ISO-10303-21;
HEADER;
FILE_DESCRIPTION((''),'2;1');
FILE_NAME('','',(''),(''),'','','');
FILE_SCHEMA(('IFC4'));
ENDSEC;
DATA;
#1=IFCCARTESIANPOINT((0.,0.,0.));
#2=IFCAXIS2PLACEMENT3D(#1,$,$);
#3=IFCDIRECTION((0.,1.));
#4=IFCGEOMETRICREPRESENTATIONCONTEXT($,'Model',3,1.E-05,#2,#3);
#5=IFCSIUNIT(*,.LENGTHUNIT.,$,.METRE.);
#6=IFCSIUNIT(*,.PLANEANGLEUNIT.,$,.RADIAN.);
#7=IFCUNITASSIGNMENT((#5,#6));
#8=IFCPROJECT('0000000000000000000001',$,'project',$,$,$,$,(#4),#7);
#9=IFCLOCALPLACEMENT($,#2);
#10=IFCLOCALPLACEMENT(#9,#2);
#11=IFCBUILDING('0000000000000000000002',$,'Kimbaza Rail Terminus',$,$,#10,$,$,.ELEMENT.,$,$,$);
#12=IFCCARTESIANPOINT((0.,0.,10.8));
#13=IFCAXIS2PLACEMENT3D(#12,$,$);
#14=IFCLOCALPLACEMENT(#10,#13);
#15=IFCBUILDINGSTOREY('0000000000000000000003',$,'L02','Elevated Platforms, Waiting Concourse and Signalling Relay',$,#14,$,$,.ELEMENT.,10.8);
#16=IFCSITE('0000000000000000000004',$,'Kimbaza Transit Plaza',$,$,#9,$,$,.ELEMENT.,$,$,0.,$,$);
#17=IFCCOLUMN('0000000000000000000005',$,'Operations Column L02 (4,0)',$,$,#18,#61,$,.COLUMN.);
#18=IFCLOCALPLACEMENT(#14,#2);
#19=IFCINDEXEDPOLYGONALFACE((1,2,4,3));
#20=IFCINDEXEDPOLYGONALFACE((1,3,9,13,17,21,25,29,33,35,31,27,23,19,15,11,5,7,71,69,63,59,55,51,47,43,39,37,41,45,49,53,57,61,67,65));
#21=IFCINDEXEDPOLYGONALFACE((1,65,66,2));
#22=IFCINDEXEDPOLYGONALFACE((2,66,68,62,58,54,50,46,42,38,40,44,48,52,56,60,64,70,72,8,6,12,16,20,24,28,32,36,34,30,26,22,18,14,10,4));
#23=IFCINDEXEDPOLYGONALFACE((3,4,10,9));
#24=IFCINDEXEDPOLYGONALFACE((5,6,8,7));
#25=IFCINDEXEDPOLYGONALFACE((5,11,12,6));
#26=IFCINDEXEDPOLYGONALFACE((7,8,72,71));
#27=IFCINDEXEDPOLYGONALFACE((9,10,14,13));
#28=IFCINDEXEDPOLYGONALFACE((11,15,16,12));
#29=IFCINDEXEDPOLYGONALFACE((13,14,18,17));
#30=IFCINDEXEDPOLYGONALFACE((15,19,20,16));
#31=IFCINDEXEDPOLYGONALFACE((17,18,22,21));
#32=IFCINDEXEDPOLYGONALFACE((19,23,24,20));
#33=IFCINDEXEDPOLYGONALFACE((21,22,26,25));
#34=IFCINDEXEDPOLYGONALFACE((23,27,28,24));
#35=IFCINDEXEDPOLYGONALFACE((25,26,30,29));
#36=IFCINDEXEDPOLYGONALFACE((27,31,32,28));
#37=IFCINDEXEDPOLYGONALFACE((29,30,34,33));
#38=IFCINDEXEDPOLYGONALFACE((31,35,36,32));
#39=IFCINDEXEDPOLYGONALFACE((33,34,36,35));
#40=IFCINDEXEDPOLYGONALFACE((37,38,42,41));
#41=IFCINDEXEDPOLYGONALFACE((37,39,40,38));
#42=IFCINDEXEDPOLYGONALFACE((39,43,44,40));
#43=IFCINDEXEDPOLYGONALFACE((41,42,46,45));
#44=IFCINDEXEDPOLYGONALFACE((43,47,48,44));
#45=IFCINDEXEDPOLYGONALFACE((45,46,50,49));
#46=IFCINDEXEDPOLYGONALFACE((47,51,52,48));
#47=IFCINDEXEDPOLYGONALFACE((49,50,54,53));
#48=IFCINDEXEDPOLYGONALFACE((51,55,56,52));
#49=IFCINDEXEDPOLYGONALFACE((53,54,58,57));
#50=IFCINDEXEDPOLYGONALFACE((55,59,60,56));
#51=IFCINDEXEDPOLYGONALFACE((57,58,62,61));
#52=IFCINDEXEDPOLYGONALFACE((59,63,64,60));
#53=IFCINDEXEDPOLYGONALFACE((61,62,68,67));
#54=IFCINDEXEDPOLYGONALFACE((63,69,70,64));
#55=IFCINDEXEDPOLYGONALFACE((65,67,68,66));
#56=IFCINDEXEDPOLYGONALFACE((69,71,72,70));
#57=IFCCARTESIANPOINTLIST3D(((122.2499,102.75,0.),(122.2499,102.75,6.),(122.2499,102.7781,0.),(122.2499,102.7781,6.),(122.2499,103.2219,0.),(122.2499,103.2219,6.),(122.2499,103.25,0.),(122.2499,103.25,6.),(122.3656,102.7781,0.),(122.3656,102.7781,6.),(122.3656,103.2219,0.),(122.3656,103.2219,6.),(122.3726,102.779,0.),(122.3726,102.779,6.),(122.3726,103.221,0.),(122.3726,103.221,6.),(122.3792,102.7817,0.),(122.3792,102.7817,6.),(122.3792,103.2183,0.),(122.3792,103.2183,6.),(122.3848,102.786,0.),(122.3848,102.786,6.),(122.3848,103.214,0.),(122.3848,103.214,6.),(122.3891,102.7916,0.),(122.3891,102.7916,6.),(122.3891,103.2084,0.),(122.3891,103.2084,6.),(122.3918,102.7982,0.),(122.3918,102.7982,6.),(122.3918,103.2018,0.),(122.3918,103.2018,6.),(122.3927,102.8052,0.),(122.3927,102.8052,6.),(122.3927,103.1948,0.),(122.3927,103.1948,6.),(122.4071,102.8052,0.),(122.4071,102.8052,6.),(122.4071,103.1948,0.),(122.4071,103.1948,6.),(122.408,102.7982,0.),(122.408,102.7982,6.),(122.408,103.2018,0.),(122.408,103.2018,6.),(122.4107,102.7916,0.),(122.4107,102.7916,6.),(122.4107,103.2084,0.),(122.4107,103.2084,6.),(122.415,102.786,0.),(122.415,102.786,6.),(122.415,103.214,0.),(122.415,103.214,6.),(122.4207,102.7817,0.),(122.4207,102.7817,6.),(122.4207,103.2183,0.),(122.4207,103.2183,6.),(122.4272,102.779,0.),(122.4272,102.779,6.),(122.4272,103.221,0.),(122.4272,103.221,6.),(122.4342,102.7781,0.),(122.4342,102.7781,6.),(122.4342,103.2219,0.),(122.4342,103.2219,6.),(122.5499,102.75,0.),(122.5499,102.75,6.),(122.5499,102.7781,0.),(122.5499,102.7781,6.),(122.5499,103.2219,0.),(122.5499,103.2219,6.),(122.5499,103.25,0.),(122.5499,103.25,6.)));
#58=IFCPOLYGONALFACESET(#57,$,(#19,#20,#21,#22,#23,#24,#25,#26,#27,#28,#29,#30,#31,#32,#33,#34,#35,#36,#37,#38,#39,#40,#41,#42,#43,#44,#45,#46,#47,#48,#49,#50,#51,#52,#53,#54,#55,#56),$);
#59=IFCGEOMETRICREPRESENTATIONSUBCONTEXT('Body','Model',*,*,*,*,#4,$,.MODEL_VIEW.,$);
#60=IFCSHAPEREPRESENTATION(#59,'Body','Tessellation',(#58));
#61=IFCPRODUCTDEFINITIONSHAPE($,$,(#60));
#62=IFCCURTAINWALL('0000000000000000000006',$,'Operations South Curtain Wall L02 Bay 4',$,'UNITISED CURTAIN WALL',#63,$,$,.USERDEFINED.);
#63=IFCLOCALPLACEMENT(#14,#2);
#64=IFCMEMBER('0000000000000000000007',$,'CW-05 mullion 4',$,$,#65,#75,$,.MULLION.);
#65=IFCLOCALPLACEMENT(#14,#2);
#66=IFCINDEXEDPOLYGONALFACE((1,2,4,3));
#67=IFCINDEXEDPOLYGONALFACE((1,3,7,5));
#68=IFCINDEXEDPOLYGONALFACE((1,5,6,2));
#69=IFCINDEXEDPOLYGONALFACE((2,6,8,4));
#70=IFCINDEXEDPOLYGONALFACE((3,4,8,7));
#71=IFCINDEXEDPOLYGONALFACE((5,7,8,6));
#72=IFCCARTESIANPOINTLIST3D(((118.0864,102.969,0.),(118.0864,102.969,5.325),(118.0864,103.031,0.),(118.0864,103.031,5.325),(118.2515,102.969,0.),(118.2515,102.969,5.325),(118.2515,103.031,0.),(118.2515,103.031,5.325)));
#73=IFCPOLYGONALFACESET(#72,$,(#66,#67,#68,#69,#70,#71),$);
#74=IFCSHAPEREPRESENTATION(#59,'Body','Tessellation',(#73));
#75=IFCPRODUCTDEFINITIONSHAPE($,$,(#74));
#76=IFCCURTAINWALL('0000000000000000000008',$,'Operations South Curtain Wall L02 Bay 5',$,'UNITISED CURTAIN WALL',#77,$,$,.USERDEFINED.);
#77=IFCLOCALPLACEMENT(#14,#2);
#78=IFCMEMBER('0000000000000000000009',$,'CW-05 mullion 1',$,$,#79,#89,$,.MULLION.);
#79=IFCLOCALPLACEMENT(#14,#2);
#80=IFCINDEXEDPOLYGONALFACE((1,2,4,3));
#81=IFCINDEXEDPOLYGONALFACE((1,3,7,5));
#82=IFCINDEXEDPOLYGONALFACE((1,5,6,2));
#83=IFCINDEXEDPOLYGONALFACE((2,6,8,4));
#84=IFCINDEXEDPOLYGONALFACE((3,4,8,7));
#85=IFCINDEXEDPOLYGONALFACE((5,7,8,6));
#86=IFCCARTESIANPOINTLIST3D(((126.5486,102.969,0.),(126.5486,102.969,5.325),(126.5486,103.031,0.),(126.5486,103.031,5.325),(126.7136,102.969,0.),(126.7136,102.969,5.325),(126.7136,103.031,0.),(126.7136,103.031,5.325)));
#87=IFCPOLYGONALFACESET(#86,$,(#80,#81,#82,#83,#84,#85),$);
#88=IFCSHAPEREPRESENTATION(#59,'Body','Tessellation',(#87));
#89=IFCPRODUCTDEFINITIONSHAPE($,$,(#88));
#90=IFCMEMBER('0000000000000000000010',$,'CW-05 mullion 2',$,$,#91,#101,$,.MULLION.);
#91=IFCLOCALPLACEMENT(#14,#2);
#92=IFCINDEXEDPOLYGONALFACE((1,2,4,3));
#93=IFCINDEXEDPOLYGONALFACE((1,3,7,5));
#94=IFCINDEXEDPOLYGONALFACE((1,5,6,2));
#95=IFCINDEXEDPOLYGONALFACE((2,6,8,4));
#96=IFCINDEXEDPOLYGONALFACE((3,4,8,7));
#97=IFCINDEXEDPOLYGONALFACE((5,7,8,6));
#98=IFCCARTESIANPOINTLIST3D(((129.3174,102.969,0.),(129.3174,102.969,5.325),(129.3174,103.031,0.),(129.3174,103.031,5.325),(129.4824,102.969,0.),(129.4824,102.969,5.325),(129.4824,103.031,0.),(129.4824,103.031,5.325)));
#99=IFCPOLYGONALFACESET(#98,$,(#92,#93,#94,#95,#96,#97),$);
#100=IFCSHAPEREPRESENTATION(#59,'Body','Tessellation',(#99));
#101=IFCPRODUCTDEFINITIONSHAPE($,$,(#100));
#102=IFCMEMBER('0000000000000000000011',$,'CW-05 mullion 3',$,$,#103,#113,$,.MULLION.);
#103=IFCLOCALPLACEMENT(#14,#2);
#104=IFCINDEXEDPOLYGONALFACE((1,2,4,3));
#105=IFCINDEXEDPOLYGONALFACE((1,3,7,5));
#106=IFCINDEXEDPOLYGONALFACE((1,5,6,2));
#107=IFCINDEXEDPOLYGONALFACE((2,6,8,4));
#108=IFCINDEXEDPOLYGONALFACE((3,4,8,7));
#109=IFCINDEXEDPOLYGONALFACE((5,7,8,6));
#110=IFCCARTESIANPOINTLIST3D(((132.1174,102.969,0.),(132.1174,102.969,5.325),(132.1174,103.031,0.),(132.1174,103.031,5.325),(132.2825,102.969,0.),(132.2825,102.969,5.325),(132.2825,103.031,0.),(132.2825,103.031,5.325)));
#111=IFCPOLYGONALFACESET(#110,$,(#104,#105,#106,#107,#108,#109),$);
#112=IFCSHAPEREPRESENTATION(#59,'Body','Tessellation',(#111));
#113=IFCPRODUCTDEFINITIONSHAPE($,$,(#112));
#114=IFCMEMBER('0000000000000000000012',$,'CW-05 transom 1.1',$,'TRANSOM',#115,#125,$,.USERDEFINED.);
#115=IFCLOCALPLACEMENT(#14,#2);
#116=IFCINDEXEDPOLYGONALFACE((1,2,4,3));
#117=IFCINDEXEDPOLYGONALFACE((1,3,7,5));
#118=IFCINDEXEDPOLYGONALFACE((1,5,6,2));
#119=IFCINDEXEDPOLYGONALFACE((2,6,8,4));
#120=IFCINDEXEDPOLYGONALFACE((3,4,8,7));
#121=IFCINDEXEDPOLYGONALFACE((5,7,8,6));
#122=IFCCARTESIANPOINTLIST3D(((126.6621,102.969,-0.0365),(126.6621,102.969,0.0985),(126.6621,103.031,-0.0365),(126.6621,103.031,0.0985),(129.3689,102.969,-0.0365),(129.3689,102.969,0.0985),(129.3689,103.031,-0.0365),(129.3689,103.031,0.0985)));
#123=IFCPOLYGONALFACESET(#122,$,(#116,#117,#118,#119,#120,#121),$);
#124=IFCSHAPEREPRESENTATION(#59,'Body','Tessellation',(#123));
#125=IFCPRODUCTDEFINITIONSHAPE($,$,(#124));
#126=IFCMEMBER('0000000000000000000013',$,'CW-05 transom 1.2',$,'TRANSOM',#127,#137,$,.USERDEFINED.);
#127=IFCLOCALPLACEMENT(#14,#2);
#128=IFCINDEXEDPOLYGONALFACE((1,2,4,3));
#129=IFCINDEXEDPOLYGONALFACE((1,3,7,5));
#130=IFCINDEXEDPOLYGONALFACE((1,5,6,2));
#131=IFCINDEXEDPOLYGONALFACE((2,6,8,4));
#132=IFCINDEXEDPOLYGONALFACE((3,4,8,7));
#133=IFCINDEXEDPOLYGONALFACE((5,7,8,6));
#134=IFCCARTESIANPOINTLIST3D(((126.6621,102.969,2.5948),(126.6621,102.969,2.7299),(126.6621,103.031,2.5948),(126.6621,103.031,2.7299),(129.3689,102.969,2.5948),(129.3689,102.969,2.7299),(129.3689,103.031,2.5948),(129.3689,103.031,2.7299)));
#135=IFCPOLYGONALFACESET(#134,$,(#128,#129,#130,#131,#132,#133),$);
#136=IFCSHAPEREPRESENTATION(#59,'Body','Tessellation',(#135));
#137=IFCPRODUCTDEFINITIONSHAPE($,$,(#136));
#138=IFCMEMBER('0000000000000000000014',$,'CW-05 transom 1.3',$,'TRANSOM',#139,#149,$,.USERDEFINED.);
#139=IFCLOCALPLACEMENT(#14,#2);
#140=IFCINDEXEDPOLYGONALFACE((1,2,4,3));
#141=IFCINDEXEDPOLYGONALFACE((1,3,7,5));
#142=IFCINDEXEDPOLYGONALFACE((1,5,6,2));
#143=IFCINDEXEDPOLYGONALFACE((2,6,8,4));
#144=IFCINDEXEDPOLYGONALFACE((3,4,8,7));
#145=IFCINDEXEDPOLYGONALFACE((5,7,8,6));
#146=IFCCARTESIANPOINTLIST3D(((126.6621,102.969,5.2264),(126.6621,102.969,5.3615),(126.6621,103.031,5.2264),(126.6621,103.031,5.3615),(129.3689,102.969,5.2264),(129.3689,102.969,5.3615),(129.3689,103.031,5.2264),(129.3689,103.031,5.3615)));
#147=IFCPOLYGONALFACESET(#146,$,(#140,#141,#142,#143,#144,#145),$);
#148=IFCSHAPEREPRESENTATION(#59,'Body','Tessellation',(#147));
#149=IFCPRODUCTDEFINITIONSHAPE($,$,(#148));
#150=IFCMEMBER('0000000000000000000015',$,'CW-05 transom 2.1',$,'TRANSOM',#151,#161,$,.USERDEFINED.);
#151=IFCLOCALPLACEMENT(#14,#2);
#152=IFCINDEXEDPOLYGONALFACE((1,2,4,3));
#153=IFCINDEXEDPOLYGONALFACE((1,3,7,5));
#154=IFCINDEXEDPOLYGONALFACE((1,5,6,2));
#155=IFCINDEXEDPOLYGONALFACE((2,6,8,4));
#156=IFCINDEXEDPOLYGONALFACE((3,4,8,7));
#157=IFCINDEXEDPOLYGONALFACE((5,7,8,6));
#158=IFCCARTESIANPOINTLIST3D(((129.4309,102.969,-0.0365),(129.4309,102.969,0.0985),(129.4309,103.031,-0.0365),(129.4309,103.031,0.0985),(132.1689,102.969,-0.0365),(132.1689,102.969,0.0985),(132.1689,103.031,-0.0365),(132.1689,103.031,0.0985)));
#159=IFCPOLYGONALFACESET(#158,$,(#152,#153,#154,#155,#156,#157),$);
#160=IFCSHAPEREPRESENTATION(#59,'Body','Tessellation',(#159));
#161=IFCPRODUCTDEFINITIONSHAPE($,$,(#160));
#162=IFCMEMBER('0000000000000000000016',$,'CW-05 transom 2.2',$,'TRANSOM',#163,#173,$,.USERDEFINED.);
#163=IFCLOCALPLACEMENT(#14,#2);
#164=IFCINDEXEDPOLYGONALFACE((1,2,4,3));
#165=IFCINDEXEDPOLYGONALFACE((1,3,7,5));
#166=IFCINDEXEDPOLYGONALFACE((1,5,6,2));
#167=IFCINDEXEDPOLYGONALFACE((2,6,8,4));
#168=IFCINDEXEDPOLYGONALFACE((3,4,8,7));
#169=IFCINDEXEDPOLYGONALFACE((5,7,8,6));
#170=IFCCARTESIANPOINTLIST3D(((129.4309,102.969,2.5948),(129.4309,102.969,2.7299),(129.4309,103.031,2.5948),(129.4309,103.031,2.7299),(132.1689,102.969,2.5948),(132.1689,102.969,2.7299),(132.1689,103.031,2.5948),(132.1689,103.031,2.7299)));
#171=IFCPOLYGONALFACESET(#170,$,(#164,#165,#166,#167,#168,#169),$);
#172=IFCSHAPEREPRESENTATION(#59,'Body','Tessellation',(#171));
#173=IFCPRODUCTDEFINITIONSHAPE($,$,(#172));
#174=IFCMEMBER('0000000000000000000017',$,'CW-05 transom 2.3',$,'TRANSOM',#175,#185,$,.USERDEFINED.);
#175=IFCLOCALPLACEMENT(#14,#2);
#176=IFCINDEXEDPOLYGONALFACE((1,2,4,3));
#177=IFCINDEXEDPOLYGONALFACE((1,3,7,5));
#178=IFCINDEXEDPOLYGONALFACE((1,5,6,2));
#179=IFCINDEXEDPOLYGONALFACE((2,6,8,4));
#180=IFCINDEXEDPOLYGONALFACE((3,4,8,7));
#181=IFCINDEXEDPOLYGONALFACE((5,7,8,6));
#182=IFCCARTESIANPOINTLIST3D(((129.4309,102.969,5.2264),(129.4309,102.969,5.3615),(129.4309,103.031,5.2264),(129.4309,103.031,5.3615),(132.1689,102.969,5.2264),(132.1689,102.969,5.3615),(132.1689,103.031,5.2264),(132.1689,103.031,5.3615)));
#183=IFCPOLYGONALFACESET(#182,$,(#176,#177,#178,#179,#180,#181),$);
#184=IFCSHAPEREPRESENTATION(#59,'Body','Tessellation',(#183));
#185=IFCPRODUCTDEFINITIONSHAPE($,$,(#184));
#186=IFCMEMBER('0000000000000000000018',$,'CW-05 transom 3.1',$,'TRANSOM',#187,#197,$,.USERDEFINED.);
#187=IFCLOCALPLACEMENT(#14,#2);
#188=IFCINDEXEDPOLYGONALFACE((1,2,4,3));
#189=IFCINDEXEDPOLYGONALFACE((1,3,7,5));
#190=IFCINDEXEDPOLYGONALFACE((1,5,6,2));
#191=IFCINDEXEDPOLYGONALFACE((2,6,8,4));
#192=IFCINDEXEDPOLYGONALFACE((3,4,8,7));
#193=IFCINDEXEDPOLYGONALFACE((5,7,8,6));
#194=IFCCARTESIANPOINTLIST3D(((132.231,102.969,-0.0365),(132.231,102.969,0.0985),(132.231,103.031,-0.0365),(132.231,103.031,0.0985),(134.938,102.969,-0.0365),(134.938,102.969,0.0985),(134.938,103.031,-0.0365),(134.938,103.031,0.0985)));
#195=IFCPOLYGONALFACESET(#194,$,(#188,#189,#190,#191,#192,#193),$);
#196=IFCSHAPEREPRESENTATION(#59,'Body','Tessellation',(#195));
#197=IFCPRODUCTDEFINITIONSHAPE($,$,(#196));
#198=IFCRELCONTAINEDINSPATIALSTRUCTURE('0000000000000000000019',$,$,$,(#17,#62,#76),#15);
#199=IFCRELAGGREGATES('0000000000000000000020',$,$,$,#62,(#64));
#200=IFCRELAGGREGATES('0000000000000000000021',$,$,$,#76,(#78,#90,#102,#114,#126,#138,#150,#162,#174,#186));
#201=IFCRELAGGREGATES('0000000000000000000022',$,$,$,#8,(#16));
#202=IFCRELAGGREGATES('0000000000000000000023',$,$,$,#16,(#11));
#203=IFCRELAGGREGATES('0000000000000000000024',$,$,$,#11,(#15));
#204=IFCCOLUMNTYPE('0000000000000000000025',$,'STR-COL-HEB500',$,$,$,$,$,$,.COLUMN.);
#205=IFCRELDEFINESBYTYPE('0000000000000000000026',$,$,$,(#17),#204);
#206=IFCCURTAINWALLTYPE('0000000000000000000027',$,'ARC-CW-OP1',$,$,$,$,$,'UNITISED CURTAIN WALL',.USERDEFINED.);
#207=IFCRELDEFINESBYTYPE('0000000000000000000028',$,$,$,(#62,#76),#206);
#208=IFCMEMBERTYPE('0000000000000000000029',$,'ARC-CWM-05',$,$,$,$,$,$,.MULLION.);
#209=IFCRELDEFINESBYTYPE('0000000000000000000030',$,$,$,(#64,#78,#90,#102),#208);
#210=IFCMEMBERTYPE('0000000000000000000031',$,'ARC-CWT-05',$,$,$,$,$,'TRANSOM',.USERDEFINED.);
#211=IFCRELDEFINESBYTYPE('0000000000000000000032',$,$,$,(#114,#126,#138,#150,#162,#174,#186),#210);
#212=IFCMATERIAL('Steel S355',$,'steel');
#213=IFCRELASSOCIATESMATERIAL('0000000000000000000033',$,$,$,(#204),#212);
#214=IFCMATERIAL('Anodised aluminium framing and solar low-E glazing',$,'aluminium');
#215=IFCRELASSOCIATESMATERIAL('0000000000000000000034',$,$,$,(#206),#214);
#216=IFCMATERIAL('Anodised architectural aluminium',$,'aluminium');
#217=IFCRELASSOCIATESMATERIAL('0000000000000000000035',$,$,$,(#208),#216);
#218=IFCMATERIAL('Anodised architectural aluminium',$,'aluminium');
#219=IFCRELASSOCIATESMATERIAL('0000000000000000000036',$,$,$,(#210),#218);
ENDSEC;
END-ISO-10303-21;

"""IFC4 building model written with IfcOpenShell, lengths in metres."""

from ifc_helpers import new_model, si_unit, direction, frame, origin, origin_2d, place, context, subcontext, project, spatial, rectangle, i_section, extrude, material, material_profile, profile_set, type_object, element, aggregate, save


model = new_model("IFC4")

# Units and contexts
model_context = context("Model", 3, precision=1e-05, world=origin(), true_north=direction((0.0, 1.0)))
body_context = subcontext(model_context, "Body", "Model", "MODEL_VIEW")
ifc_project = project(units=[si_unit("LENGTHUNIT", "METRE"), si_unit("PLANEANGLEUNIT", "RADIAN")], contexts=[model_context])

# Site, building, storey
site_placement = place(None, origin())
site = spatial("IfcSite", under=ifc_project, at=site_placement, Name="Kimbaza Transit Plaza", CompositionType="ELEMENT", RefElevation=0.0)
building_placement = place(site_placement, origin())
building = spatial("IfcBuilding", under=site, at=building_placement, Name="Kimbaza Rail Terminus", CompositionType="ELEMENT")
storey_placement = place(building_placement, frame((0.0, 0.0, 10.8)))
storey = spatial("IfcBuildingStorey", under=building, at=storey_placement, Name="L02", Description="Elevated Platforms, Waiting Concourse and Signalling Relay", CompositionType="ELEMENT", Elevation=10.8)

# Column
ifc_material_1 = material(Name="Steel S355", Category="steel")
ifc_material_profile_1 = material_profile(ifc_material_1, i_section(OverallWidth=0.3, OverallDepth=0.5, WebThickness=0.0144, FlangeThickness=0.0281, FilletRadius=0.0271, at=origin_2d()), Name="HEB 500")
ifc_profile_set_1 = profile_set([ifc_material_profile_1], Name="Steel S355")
column_type = type_object("IfcColumnType", Name="STR-COL-HEB500", PredefinedType="COLUMN", material=ifc_profile_set_1)
column_placement = place(storey_placement, frame((122.3999, 103.0, 0.0), z_axis=(0.0, 0.0, 1.0), x_axis=(1.0, 0.0, 0.0)))
element("IfcColumn", 1, at=column_placement, inside=storey, type_object=column_type, Name="Operations Column L02 (4,0)", PredefinedType="COLUMN", context=body_context, shape_type="SweptSolid", body=[
    extrude(i_section(OverallWidth=0.3, OverallDepth=0.5, WebThickness=0.0144, FlangeThickness=0.0281, FilletRadius=0.0271, at=origin_2d()), origin(), (0.0, 0.0, 1.0), 6.0),
])

# Curtain wall, member
ifc_material_2 = material(Name="Anodised aluminium framing and solar low-E glazing", Category="aluminium")
curtain_wall_type = type_object("IfcCurtainWallType", Name="ARC-CW-OP1", ElementType="UNITISED CURTAIN WALL", PredefinedType="USERDEFINED", material=ifc_material_2)
curtain_wall_1_placement = place(storey_placement, origin())
curtain_wall_1 = element("IfcCurtainWall", 2, at=curtain_wall_1_placement, inside=storey, type_object=curtain_wall_type, Name="Operations South Curtain Wall L02 Bay 4", ObjectType="UNITISED CURTAIN WALL", PredefinedType="USERDEFINED")
ifc_material_3 = material(Name="Anodised architectural aluminium", Category="aluminium")
ifc_material_profile_2 = material_profile(ifc_material_3, rectangle(XDim=0.062, YDim=0.165, at=origin_2d()), Name="MULLION 62x165")
ifc_profile_set_2 = profile_set([ifc_material_profile_2], Name="Anodised architectural aluminium")
member_type_1 = type_object("IfcMemberType", Name="ARC-CWM-05", PredefinedType="MULLION", material=ifc_profile_set_2)
member_1_placement = place(storey_placement, frame((118.1689, 103.0, 0.0), z_axis=(0.0, 0.0, 1.0), x_axis=(0.0, 1.0, 0.0)))
member_1 = element("IfcMember", 3, at=member_1_placement, type_object=member_type_1, Name="CW-05 mullion 4", PredefinedType="MULLION", context=body_context, shape_type="SweptSolid", body=[
    extrude(rectangle(XDim=0.062, YDim=0.165, at=origin_2d()), origin(), (0.0, 0.0, 1.0), 5.325),
])

# Curtain wall, members
curtain_wall_2_placement = place(storey_placement, origin())
curtain_wall_2 = element("IfcCurtainWall", 4, at=curtain_wall_2_placement, inside=storey, type_object=curtain_wall_type, Name="Operations South Curtain Wall L02 Bay 5", ObjectType="UNITISED CURTAIN WALL", PredefinedType="USERDEFINED")
member_2_placement = place(storey_placement, frame((126.6311, 103.0, 0.0), z_axis=(0.0, 0.0, 1.0), x_axis=(0.0, 1.0, 0.0)))
member_2 = element("IfcMember", 5, at=member_2_placement, type_object=member_type_1, Name="CW-05 mullion 1", PredefinedType="MULLION", context=body_context, shape_type="SweptSolid", body=[
    extrude(rectangle(XDim=0.062, YDim=0.165, at=origin_2d()), origin(), (0.0, 0.0, 1.0), 5.325),
])
member_3_placement = place(storey_placement, frame((129.3999, 103.0, 0.0), z_axis=(0.0, 0.0, 1.0), x_axis=(0.0, 1.0, 0.0)))
member_3 = element("IfcMember", 6, at=member_3_placement, type_object=member_type_1, Name="CW-05 mullion 2", PredefinedType="MULLION", context=body_context, shape_type="SweptSolid", body=[
    extrude(rectangle(XDim=0.062, YDim=0.165, at=origin_2d()), origin(), (0.0, 0.0, 1.0), 5.325),
])
member_4_placement = place(storey_placement, frame((132.2, 103.0, 0.0), z_axis=(0.0, 0.0, 1.0), x_axis=(0.0, 1.0, 0.0)))
member_4 = element("IfcMember", 7, at=member_4_placement, type_object=member_type_1, Name="CW-05 mullion 3", PredefinedType="MULLION", context=body_context, shape_type="SweptSolid", body=[
    extrude(rectangle(XDim=0.062, YDim=0.165, at=origin_2d()), origin(), (0.0, 0.0, 1.0), 5.325),
])
ifc_material_4 = material(Name="Anodised architectural aluminium", Category="aluminium")
ifc_material_profile_3 = material_profile(ifc_material_4, rectangle(XDim=0.062, YDim=0.135, at=origin_2d()), Name="TRANSOM 62x135")
ifc_profile_set_3 = profile_set([ifc_material_profile_3], Name="Anodised architectural aluminium")
member_type_2 = type_object("IfcMemberType", Name="ARC-CWT-05", ElementType="TRANSOM", PredefinedType="USERDEFINED", material=ifc_profile_set_3)
member_5_placement = place(storey_placement, frame((126.6621, 103.0, 0.031), z_axis=(1.0, 0.0, 0.0), x_axis=(0.0, 1.0, 0.0)))
member_5 = element("IfcMember", 8, at=member_5_placement, type_object=member_type_2, Name="CW-05 transom 1.1", ObjectType="TRANSOM", PredefinedType="USERDEFINED", context=body_context, shape_type="SweptSolid", body=[
    extrude(rectangle(XDim=0.062, YDim=0.135, at=origin_2d()), origin(), (0.0, 0.0, 1.0), 2.7068),
])
member_6_placement = place(storey_placement, frame((126.6621, 103.0, 2.6624), z_axis=(1.0, 0.0, 0.0), x_axis=(0.0, 1.0, 0.0)))
member_6 = element("IfcMember", 9, at=member_6_placement, type_object=member_type_2, Name="CW-05 transom 1.2", ObjectType="TRANSOM", PredefinedType="USERDEFINED", context=body_context, shape_type="SweptSolid", body=[
    extrude(rectangle(XDim=0.062, YDim=0.135, at=origin_2d()), origin(), (0.0, 0.0, 1.0), 2.7068),
])
member_7_placement = place(storey_placement, frame((126.6621, 103.0, 5.2939), z_axis=(1.0, 0.0, 0.0), x_axis=(0.0, 1.0, 0.0)))
member_7 = element("IfcMember", 10, at=member_7_placement, type_object=member_type_2, Name="CW-05 transom 1.3", ObjectType="TRANSOM", PredefinedType="USERDEFINED", context=body_context, shape_type="SweptSolid", body=[
    extrude(rectangle(XDim=0.062, YDim=0.135, at=origin_2d()), origin(), (0.0, 0.0, 1.0), 2.7068),
])
member_8_placement = place(storey_placement, frame((129.4309, 103.0, 0.031), z_axis=(1.0, 0.0, 0.0), x_axis=(0.0, 1.0, 0.0)))
member_8 = element("IfcMember", 11, at=member_8_placement, type_object=member_type_2, Name="CW-05 transom 2.1", ObjectType="TRANSOM", PredefinedType="USERDEFINED", context=body_context, shape_type="SweptSolid", body=[
    extrude(rectangle(XDim=0.062, YDim=0.135, at=origin_2d()), origin(), (0.0, 0.0, 1.0), 2.738),
])
member_9_placement = place(storey_placement, frame((129.4309, 103.0, 2.6624), z_axis=(1.0, 0.0, 0.0), x_axis=(0.0, 1.0, 0.0)))
member_9 = element("IfcMember", 12, at=member_9_placement, type_object=member_type_2, Name="CW-05 transom 2.2", ObjectType="TRANSOM", PredefinedType="USERDEFINED", context=body_context, shape_type="SweptSolid", body=[
    extrude(rectangle(XDim=0.062, YDim=0.135, at=origin_2d()), origin(), (0.0, 0.0, 1.0), 2.738),
])
member_10_placement = place(storey_placement, frame((129.4309, 103.0, 5.2939), z_axis=(1.0, 0.0, 0.0), x_axis=(0.0, 1.0, 0.0)))
member_10 = element("IfcMember", 13, at=member_10_placement, type_object=member_type_2, Name="CW-05 transom 2.3", ObjectType="TRANSOM", PredefinedType="USERDEFINED", context=body_context, shape_type="SweptSolid", body=[
    extrude(rectangle(XDim=0.062, YDim=0.135, at=origin_2d()), origin(), (0.0, 0.0, 1.0), 2.738),
])
member_11_placement = place(storey_placement, frame((132.231, 103.0, 0.031), z_axis=(1.0, 0.0, 0.0), x_axis=(0.0, 1.0, 0.0)))
member_11 = element("IfcMember", 14, at=member_11_placement, type_object=member_type_2, Name="CW-05 transom 3.1", ObjectType="TRANSOM", PredefinedType="USERDEFINED", context=body_context, shape_type="SweptSolid", body=[
    extrude(rectangle(XDim=0.062, YDim=0.135, at=origin_2d()), origin(), (0.0, 0.0, 1.0), 2.707),
])

aggregate(curtain_wall_1, [member_1])
aggregate(curtain_wall_2, [member_2, member_3, member_4, member_5, member_6, member_7, member_8, member_9, member_10, member_11])

save(model, "model.ifc")
